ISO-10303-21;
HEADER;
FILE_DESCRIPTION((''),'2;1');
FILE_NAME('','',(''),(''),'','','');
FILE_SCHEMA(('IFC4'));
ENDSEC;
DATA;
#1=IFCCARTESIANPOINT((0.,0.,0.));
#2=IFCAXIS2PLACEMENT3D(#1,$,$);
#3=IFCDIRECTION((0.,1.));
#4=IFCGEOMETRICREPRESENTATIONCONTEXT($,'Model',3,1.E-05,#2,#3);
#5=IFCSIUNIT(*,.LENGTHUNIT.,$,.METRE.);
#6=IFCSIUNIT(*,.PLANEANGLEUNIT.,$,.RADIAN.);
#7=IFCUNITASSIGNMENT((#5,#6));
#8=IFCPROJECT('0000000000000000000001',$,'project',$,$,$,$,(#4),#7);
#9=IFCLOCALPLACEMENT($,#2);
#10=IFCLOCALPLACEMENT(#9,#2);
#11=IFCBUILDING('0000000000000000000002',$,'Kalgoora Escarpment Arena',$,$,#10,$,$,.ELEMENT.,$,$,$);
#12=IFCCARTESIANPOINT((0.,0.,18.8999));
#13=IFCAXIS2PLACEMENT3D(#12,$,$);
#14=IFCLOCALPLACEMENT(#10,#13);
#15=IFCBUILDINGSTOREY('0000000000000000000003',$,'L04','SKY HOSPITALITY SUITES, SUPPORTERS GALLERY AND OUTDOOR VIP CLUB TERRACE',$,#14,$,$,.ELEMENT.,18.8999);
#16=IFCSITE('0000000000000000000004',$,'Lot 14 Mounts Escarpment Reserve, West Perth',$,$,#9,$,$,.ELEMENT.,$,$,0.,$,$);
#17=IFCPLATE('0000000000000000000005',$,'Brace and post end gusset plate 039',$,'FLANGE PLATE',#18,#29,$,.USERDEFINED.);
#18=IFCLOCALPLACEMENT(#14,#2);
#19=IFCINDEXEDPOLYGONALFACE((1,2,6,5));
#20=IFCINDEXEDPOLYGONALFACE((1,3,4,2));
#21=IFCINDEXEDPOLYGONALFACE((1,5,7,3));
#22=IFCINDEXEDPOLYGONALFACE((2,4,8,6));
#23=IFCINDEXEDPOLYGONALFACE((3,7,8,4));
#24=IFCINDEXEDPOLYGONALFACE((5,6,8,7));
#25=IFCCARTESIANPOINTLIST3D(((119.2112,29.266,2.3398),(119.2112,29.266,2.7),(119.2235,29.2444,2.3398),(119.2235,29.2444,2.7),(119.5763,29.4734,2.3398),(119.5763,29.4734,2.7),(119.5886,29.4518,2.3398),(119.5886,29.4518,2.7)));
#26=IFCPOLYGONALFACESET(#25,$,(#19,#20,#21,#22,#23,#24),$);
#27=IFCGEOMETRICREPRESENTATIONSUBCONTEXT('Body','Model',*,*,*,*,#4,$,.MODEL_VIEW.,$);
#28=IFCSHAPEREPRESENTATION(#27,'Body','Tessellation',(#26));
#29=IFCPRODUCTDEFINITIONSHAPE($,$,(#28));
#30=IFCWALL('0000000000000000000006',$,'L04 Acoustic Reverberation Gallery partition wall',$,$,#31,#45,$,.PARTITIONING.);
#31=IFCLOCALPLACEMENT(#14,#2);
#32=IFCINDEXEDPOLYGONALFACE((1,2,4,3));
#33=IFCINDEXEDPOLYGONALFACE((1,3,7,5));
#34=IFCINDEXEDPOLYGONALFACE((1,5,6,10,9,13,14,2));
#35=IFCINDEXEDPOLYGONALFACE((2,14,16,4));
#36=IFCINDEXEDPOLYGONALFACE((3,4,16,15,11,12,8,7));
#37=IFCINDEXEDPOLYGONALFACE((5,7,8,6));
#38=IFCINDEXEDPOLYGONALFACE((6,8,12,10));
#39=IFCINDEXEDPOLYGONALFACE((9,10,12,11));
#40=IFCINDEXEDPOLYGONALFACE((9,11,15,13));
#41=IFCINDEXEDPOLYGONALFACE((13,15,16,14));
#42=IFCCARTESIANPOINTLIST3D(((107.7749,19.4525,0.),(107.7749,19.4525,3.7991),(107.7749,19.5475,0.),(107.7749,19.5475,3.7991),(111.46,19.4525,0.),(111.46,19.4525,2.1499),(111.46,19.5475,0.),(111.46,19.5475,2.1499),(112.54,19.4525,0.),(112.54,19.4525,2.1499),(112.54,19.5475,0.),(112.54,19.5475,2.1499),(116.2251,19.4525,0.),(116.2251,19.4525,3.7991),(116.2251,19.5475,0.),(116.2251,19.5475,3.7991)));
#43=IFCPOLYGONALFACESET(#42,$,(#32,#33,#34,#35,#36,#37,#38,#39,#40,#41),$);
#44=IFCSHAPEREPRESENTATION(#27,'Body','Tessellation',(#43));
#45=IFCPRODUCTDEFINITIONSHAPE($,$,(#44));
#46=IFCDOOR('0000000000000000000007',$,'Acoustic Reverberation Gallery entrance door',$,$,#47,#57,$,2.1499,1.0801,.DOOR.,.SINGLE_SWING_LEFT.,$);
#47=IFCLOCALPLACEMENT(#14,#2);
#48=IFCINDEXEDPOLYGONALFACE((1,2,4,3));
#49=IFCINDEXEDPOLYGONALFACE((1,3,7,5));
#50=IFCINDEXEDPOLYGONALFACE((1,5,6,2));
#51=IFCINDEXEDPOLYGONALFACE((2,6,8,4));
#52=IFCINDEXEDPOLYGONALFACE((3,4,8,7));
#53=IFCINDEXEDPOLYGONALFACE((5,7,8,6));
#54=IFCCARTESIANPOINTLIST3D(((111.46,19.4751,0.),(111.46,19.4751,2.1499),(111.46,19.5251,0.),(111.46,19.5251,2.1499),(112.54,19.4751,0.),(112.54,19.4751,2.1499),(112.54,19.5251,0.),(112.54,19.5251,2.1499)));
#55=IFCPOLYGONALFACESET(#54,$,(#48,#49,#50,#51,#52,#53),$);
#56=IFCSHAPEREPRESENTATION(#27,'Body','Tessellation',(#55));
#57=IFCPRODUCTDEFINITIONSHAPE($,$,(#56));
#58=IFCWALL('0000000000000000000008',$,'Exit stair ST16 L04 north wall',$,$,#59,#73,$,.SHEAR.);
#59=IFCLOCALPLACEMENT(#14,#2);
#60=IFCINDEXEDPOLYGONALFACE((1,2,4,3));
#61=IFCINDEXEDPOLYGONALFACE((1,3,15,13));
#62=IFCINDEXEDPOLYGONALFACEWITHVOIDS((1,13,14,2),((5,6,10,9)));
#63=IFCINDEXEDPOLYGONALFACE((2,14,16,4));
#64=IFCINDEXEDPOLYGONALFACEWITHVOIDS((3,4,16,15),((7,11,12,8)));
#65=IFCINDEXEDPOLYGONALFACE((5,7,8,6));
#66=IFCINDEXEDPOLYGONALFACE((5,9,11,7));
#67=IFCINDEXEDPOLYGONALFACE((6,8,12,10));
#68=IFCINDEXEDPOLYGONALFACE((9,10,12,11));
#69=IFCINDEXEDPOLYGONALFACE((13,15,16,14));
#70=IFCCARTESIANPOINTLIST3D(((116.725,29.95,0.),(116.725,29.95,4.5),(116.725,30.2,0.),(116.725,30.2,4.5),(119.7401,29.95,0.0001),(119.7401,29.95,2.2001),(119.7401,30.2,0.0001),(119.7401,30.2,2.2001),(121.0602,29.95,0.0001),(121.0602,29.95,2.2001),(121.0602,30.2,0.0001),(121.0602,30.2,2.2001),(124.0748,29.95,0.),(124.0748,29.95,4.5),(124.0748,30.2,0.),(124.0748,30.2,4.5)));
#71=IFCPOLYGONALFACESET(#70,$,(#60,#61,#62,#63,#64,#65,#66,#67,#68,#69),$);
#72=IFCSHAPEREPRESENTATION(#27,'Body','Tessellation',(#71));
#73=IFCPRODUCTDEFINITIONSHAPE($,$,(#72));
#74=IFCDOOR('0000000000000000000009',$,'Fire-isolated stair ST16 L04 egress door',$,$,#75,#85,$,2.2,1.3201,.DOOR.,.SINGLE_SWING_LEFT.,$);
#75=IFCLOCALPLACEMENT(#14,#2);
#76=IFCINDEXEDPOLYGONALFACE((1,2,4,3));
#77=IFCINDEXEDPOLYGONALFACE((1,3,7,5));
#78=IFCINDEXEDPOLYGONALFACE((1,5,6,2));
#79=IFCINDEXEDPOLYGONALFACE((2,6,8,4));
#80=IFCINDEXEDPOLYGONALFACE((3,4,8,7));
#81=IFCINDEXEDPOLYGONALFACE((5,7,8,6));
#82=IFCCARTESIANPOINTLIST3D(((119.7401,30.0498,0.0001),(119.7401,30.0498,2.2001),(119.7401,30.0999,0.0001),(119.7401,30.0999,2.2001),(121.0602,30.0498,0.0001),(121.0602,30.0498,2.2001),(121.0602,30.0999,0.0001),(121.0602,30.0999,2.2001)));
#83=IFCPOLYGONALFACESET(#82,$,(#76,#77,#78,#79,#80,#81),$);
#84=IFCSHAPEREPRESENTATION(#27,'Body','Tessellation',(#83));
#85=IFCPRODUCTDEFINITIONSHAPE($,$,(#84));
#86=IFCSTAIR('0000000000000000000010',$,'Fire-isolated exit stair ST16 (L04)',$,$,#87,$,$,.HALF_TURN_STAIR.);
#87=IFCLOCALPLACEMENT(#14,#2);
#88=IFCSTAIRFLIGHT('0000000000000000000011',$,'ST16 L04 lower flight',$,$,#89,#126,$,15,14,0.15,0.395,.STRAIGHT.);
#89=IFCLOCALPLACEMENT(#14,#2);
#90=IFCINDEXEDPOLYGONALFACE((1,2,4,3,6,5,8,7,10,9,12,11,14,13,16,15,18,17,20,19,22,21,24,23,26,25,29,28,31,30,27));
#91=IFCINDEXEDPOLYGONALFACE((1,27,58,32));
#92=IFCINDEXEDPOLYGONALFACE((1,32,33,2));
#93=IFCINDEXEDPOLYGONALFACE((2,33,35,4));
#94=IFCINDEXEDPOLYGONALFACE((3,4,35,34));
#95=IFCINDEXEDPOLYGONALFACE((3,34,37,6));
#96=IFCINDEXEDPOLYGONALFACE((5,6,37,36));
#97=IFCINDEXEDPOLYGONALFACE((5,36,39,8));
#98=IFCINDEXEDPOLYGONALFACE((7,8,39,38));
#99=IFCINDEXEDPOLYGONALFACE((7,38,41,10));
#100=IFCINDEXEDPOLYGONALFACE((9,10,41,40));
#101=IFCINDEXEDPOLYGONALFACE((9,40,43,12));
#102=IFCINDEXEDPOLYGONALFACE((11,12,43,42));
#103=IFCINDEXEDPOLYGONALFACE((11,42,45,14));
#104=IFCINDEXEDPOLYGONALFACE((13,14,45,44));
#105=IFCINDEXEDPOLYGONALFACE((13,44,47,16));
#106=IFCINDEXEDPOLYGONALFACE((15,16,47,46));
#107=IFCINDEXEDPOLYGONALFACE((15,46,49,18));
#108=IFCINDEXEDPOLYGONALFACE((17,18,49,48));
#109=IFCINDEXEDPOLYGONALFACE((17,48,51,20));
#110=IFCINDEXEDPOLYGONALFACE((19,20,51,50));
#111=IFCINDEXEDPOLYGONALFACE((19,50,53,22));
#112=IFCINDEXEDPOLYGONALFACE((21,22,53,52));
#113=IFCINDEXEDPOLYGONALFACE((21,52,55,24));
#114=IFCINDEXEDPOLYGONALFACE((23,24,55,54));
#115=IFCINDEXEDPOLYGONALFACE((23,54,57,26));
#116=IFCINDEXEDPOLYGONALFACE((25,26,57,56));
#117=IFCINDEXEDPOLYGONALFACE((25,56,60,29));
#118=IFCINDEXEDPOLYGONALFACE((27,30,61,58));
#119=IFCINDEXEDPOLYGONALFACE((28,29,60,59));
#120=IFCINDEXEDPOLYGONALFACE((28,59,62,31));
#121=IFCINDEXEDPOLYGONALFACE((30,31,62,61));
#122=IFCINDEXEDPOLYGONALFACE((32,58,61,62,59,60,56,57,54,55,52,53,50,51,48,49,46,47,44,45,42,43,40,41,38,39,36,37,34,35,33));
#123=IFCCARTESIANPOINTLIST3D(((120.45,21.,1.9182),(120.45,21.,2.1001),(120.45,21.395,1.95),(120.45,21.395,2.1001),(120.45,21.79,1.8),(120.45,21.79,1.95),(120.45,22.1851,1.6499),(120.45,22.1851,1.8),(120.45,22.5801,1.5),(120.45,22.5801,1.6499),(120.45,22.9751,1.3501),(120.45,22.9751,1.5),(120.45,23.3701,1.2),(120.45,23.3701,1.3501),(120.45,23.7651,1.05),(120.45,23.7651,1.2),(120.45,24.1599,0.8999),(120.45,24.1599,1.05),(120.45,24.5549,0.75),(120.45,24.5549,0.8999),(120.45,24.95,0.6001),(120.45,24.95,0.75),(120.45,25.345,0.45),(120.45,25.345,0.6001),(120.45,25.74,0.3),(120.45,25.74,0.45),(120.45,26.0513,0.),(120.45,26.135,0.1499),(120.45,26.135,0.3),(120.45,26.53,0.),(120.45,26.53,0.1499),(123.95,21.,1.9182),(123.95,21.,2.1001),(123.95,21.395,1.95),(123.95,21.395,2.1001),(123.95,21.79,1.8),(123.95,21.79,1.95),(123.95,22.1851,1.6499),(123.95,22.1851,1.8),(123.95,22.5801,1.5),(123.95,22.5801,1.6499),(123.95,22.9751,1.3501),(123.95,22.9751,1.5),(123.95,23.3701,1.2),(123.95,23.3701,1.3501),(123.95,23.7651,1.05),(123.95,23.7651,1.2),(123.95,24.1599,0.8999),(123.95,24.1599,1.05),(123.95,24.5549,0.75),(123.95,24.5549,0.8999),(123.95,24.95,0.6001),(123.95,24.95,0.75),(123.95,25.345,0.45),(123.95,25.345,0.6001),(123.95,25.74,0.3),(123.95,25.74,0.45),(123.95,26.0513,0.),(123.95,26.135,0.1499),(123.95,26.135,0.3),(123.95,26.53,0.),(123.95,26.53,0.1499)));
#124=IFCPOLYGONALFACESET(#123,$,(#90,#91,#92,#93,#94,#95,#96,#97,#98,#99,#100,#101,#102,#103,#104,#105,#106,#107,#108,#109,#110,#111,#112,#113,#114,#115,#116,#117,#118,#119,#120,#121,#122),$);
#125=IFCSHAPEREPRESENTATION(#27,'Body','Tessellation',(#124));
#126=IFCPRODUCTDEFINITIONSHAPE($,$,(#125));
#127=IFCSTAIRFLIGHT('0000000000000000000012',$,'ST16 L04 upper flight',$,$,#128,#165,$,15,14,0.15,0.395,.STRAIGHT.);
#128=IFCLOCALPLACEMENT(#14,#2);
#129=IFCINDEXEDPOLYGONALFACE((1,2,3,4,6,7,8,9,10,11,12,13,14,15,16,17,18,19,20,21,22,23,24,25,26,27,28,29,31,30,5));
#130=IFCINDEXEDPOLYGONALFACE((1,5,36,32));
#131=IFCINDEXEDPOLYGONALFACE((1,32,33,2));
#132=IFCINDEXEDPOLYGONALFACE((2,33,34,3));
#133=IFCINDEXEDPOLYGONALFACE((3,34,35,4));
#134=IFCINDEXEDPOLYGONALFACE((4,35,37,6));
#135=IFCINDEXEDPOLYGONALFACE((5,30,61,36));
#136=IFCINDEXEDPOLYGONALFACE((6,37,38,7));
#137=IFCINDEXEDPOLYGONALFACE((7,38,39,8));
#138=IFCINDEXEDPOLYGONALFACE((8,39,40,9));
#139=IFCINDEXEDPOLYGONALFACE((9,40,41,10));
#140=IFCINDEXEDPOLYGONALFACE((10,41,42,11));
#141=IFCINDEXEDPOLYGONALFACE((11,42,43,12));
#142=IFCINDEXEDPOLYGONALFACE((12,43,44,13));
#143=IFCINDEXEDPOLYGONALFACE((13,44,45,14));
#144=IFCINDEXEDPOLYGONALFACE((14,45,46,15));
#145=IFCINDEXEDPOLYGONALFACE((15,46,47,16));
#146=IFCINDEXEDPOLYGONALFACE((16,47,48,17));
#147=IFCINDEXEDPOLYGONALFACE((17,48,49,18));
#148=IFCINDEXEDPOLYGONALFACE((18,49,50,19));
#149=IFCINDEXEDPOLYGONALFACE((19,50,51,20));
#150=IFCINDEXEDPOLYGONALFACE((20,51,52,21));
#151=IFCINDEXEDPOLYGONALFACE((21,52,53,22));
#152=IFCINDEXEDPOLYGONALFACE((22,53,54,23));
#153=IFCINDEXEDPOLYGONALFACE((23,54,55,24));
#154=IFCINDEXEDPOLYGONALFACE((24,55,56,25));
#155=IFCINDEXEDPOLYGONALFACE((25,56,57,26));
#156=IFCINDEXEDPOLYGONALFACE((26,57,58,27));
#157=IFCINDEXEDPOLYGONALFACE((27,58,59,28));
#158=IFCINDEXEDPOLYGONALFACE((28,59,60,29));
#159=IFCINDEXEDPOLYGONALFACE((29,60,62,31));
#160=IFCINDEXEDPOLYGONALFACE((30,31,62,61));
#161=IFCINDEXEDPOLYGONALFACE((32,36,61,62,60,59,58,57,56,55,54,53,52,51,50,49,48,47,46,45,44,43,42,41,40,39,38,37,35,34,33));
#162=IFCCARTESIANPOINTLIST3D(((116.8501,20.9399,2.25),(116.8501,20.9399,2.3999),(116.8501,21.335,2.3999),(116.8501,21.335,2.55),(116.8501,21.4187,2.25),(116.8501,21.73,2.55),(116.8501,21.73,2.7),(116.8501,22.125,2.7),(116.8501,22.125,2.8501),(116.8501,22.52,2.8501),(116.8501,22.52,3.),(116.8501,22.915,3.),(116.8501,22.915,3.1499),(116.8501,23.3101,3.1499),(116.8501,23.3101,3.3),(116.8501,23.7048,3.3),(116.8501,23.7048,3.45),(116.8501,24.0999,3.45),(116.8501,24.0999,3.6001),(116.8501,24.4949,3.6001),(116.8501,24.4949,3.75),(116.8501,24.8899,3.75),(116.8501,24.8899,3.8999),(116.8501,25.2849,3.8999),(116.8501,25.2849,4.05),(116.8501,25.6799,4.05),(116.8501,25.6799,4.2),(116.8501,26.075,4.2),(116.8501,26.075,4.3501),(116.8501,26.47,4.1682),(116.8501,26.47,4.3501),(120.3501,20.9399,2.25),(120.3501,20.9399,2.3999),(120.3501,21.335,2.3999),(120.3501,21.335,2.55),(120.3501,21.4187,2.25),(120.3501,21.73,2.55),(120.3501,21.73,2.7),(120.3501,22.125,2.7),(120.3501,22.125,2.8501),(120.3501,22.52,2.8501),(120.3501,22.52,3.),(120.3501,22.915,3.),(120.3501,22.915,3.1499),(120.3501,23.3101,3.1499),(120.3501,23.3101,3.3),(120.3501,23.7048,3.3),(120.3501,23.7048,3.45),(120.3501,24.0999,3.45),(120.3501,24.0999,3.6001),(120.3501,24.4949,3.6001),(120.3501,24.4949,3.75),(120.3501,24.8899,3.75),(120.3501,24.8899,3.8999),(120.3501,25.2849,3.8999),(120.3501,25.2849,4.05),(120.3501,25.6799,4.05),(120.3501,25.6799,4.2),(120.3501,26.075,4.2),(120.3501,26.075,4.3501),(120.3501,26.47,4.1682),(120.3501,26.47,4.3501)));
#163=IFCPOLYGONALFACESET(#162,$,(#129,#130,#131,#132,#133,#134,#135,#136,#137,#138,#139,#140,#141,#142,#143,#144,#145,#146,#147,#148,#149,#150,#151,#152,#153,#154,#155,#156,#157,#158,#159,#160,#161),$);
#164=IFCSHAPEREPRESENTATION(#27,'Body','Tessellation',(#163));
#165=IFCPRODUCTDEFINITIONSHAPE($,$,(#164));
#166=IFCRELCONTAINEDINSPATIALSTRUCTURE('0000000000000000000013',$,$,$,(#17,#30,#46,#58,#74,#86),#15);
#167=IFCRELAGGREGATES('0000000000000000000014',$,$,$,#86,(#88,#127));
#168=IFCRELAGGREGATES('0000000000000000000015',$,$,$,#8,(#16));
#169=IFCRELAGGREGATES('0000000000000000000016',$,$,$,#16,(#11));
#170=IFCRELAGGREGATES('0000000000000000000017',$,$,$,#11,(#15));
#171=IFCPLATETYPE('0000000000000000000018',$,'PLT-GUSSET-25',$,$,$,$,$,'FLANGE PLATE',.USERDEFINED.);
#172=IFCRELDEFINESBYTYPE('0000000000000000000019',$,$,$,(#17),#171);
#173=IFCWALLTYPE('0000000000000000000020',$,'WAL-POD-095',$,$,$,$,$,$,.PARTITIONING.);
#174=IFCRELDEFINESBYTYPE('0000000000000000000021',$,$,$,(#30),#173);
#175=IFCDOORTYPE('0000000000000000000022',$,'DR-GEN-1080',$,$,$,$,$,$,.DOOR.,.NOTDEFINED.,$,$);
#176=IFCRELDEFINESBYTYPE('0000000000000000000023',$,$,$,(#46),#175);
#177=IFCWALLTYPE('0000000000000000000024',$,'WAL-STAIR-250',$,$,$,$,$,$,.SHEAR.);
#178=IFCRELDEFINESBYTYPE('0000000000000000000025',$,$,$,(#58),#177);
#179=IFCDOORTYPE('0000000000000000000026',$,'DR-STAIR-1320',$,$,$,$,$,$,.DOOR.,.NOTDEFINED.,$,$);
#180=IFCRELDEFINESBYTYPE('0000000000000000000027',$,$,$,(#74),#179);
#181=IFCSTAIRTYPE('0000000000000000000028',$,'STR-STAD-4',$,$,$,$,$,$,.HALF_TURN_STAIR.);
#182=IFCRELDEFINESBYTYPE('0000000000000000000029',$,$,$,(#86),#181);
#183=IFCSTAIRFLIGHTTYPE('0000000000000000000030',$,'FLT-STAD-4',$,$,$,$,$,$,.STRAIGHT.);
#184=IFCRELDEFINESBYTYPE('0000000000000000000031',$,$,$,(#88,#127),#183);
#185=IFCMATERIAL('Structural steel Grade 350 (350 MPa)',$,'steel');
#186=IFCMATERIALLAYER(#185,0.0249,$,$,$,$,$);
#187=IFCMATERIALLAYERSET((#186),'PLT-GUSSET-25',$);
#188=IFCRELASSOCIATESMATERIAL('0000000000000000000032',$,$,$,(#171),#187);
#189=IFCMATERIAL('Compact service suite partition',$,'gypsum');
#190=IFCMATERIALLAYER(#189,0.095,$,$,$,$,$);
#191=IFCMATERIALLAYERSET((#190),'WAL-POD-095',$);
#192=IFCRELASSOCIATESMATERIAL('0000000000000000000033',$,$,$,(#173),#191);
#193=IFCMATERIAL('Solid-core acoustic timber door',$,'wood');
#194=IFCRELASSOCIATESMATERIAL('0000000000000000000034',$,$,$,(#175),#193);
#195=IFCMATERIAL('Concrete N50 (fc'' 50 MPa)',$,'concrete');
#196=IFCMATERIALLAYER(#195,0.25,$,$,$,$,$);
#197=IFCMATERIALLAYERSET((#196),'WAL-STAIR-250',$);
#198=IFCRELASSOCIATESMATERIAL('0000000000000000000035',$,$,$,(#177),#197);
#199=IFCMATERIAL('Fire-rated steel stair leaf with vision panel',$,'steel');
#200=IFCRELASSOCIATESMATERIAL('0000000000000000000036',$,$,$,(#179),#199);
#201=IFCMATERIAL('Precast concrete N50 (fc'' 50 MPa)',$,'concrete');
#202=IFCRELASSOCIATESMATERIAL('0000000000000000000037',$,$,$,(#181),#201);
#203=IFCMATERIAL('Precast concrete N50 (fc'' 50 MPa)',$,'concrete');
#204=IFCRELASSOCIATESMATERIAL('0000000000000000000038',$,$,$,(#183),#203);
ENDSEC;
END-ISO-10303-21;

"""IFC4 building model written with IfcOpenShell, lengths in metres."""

from ifc_helpers import new_model, si_unit, direction, frame, frame_2d, origin, origin_2d, place, context, subcontext, project, spatial, polyline, rectangle, outline, extrude, material, layer, layer_set, type_object, element, fill, aggregate, save


model = new_model("IFC4")

# Units and contexts
model_context = context("Model", 3, precision=1e-05, world=origin(), true_north=direction((0.0, 1.0)))
body_context = subcontext(model_context, "Body", "Model", "MODEL_VIEW")
ifc_project = project(units=[si_unit("LENGTHUNIT", "METRE"), si_unit("PLANEANGLEUNIT", "RADIAN")], contexts=[model_context])

# Site, building, storey
site_placement = place(None, origin())
site = spatial("IfcSite", under=ifc_project, at=site_placement, Name="Lot 14 Mounts Escarpment Reserve, West Perth", CompositionType="ELEMENT", RefElevation=0.0)
building_placement = place(site_placement, origin())
building = spatial("IfcBuilding", under=site, at=building_placement, Name="Kalgoora Escarpment Arena", CompositionType="ELEMENT")
storey_placement = place(building_placement, frame((0.0, 0.0, 18.8999)))
storey = spatial("IfcBuildingStorey", under=building, at=storey_placement, Name="L04", Description="SKY HOSPITALITY SUITES, SUPPORTERS GALLERY AND OUTDOOR VIP CLUB TERRACE", CompositionType="ELEMENT", Elevation=18.8999)

# Plate
ifc_material_1 = material(Name="Structural steel Grade 350 (350 MPa)", Category="steel")
ifc_layer_1 = layer(ifc_material_1, 0.0249)
ifc_layer_set_1 = layer_set([ifc_layer_1], Name="PLT-GUSSET-25")
plate_type = type_object("IfcPlateType", Name="PLT-GUSSET-25", ElementType="FLANGE PLATE", PredefinedType="USERDEFINED", material=ifc_layer_set_1)
plate_1_placement = place(storey_placement, frame((119.3999, 29.3589, 2.3398), z_axis=(0.0, 0.0, 1.0), x_axis=(0.869495, 0.493942, 0.0)))
element("IfcPlate", 1, at=plate_1_placement, inside=storey, type_object=plate_type, Name="Brace and post end gusset plate 039", ObjectType="FLANGE PLATE", PredefinedType="USERDEFINED", context=body_context, shape_type="SweptSolid", body=[
    extrude(rectangle(XDim=0.4199, YDim=0.0249, at=origin_2d()), origin(), (0.0, 0.0, 1.0), 0.3601),
])

# Walls, openings, doors
ifc_material_2 = material(Name="Compact service suite partition", Category="gypsum")
ifc_layer_2 = layer(ifc_material_2, 0.095)
ifc_layer_set_2 = layer_set([ifc_layer_2], Name="WAL-POD-095")
wall_type_1 = type_object("IfcWallType", Name="WAL-POD-095", PredefinedType="PARTITIONING", material=ifc_layer_set_2)
wall_1_placement = place(storey_placement, frame((116.2251, 19.5, 0.0), z_axis=(0.0, 0.0, 1.0), x_axis=(-1.0, 0.0, 0.0)))
wall_1 = element("IfcWall", 2, at=wall_1_placement, inside=storey, type_object=wall_type_1, Name="L04 Acoustic Reverberation Gallery partition wall", PredefinedType="PARTITIONING", context=body_context, shape_type="SweptSolid", body=[
    extrude(rectangle(XDim=8.4502, YDim=0.095, at=frame_2d((4.2251, 0.0))), origin(), (0.0, 0.0, 1.0), 3.7991),
])
opening_1_placement = place(wall_1_placement, frame((3.6851, 0.0, 0.0)))
opening_1 = element("IfcOpeningElement", 3, at=opening_1_placement, cuts=wall_1, PredefinedType="OPENING", context=body_context, shape_type="SweptSolid", body=[
    extrude(rectangle(XDim=1.0801, YDim=2.1499, at=frame_2d((0.54, 1.075))), frame((0.0, 0.0574, 0.0), z_axis=(0.0, -1.0, 0.0), x_axis=(1.0, 0.0, 0.0)), (0.0, 0.0, 1.0), 0.115),
])
ifc_material_3 = material(Name="Solid-core acoustic timber door", Category="wood")
door_type_1 = type_object("IfcDoorType", Name="DR-GEN-1080", OperationType="NOTDEFINED", PredefinedType="DOOR", material=ifc_material_3)
door_1_placement = place(opening_1_placement, origin())
door_1 = element("IfcDoor", 4, at=door_1_placement, inside=storey, type_object=door_type_1, Name="Acoustic Reverberation Gallery entrance door", OperationType="SINGLE_SWING_LEFT", OverallHeight=2.1499, OverallWidth=1.0801, PredefinedType="DOOR", context=body_context, shape_type="SweptSolid", body=[
    extrude(rectangle(XDim=1.0801, YDim=2.1499, at=frame_2d((0.54, 1.075))), frame((0.0, 0.0249, 0.0), z_axis=(0.0, -1.0, 0.0), x_axis=(1.0, 0.0, 0.0)), (0.0, 0.0, 1.0), 0.05),
])
fill(opening_1, door_1)
ifc_material_4 = material(Name="Concrete N50 (fc' 50 MPa)", Category="concrete")
ifc_layer_3 = layer(ifc_material_4, 0.25)
ifc_layer_set_3 = layer_set([ifc_layer_3], Name="WAL-STAIR-250")
wall_type_2 = type_object("IfcWallType", Name="WAL-STAIR-250", PredefinedType="SHEAR", material=ifc_layer_set_3)
wall_2_placement = place(storey_placement, frame((116.7251, 30.075, 0.0), z_axis=(0.0, 0.0, 1.0), x_axis=(1.0, 0.0, 0.0)))
wall_2 = element("IfcWall", 5, at=wall_2_placement, inside=storey, type_object=wall_type_2, Name="Exit stair ST16 L04 north wall", PredefinedType="SHEAR", context=body_context, shape_type="SweptSolid", body=[
    extrude(rectangle(XDim=7.3499, YDim=0.25, at=frame_2d((3.6748, 0.0))), origin(), (0.0, 0.0, 1.0), 4.5),
])
opening_2_placement = place(wall_2_placement, frame((3.0149, 0.0, 0.0)))
opening_2 = element("IfcOpeningElement", 6, at=opening_2_placement, cuts=wall_2, PredefinedType="OPENING", context=body_context, shape_type="SweptSolid", body=[
    extrude(rectangle(XDim=1.3201, YDim=2.2, at=frame_2d((0.6602, 1.1001))), frame((0.0, 0.135, 0.0), z_axis=(0.0, -1.0, 0.0), x_axis=(1.0, 0.0, 0.0)), (0.0, 0.0, 1.0), 0.27),
])
ifc_material_5 = material(Name="Fire-rated steel stair leaf with vision panel", Category="steel")
door_type_2 = type_object("IfcDoorType", Name="DR-STAIR-1320", OperationType="NOTDEFINED", PredefinedType="DOOR", material=ifc_material_5)
door_2_placement = place(opening_2_placement, origin())
door_2 = element("IfcDoor", 7, at=door_2_placement, inside=storey, type_object=door_type_2, Name="Fire-isolated stair ST16 L04 egress door", OperationType="SINGLE_SWING_LEFT", OverallHeight=2.2, OverallWidth=1.3201, PredefinedType="DOOR", context=body_context, shape_type="SweptSolid", body=[
    extrude(rectangle(XDim=1.3201, YDim=2.2, at=frame_2d((0.6602, 1.1001))), frame((0.0, 0.0249, 0.0), z_axis=(0.0, -1.0, 0.0), x_axis=(1.0, 0.0, 0.0)), (0.0, 0.0, 1.0), 0.05),
])
fill(opening_2, door_2)

# Stair, stair flights
ifc_material_6 = material(Name="Precast concrete N50 (fc' 50 MPa)", Category="concrete")
stair_type = type_object("IfcStairType", Name="STR-STAD-4", PredefinedType="HALF_TURN_STAIR", material=ifc_material_6)
stair_placement = place(storey_placement, origin())
stair = element("IfcStair", 8, at=stair_placement, inside=storey, type_object=stair_type, Name="Fire-isolated exit stair ST16 (L04)", PredefinedType="HALF_TURN_STAIR")
ifc_material_7 = material(Name="Precast concrete N50 (fc' 50 MPa)", Category="concrete")
stair_flight_type = type_object("IfcStairFlightType", Name="FLT-STAD-4", PredefinedType="STRAIGHT", material=ifc_material_7)
stair_flight_1_placement = place(storey_placement, frame((122.2, 26.53, 0.0), z_axis=(0.0, 0.0, 1.0), x_axis=(0.0, -1.0, 0.0)))
stair_flight_1 = element("IfcStairFlight", 9, at=stair_flight_1_placement, type_object=stair_flight_type, Name="ST16 L04 lower flight", NumberOfRisers=15, NumberOfTreads=14, PredefinedType="STRAIGHT", RiserHeight=0.15, TreadLength=0.395, context=body_context, shape_type="SweptSolid", body=[
    extrude(outline(polyline([(0.0, 0.0), (0.0, 0.1499), (0.395, 0.1499), (0.395, 0.3), (0.79, 0.3), (0.79, 0.45), (1.1851, 0.45), (1.1851, 0.6001), (1.5801, 0.6001), (1.5801, 0.75), (1.9751, 0.75), (1.9751, 0.8999), (2.3701, 0.8999), (2.3701, 1.05), (2.7649, 1.05), (2.7649, 1.2), (3.1599, 1.2), (3.1599, 1.3501), (3.5549, 1.3501), (3.5549, 1.5), (3.95, 1.5), (3.95, 1.6499), (4.345, 1.6499), (4.345, 1.8), (4.74, 1.8), (4.74, 1.95), (5.135, 1.95), (5.135, 2.1001), (5.53, 2.1001), (5.53, 2.25), (5.53, 1.9182), (0.4788, 0.0), (0.0, 0.0)])), frame((0.0, 1.75, 0.0), z_axis=(0.0, -1.0, 0.0), x_axis=(1.0, 0.0, 0.0)), (0.0, 0.0, 1.0), 3.5),
])
stair_flight_2_placement = place(storey_placement, frame((118.6001, 20.9399, 2.25), z_axis=(0.0, 0.0, 1.0), x_axis=(0.0, 1.0, 0.0)))
stair_flight_2 = element("IfcStairFlight", 10, at=stair_flight_2_placement, type_object=stair_flight_type, Name="ST16 L04 upper flight", NumberOfRisers=15, NumberOfTreads=14, PredefinedType="STRAIGHT", RiserHeight=0.15, TreadLength=0.395, context=body_context, shape_type="SweptSolid", body=[
    extrude(outline(polyline([(0.0, 0.0), (0.0, 0.1499), (0.395, 0.1499), (0.395, 0.3), (0.79, 0.3), (0.79, 0.45), (1.1851, 0.45), (1.1851, 0.6001), (1.5801, 0.6001), (1.5801, 0.75), (1.9751, 0.75), (1.9751, 0.8999), (2.3701, 0.8999), (2.3701, 1.05), (2.7649, 1.05), (2.7649, 1.2), (3.1599, 1.2), (3.1599, 1.3501), (3.5549, 1.3501), (3.5549, 1.5), (3.95, 1.5), (3.95, 1.6499), (4.345, 1.6499), (4.345, 1.8), (4.74, 1.8), (4.74, 1.95), (5.135, 1.95), (5.135, 2.1001), (5.53, 2.1001), (5.53, 2.25), (5.53, 1.9182), (0.4788, 0.0), (0.0, 0.0)])), frame((0.0, 1.75, 0.0), z_axis=(0.0, -1.0, 0.0), x_axis=(1.0, 0.0, 0.0)), (0.0, 0.0, 1.0), 3.5),
])
aggregate(stair, [stair_flight_1, stair_flight_2])

save(model, "model.ifc")
